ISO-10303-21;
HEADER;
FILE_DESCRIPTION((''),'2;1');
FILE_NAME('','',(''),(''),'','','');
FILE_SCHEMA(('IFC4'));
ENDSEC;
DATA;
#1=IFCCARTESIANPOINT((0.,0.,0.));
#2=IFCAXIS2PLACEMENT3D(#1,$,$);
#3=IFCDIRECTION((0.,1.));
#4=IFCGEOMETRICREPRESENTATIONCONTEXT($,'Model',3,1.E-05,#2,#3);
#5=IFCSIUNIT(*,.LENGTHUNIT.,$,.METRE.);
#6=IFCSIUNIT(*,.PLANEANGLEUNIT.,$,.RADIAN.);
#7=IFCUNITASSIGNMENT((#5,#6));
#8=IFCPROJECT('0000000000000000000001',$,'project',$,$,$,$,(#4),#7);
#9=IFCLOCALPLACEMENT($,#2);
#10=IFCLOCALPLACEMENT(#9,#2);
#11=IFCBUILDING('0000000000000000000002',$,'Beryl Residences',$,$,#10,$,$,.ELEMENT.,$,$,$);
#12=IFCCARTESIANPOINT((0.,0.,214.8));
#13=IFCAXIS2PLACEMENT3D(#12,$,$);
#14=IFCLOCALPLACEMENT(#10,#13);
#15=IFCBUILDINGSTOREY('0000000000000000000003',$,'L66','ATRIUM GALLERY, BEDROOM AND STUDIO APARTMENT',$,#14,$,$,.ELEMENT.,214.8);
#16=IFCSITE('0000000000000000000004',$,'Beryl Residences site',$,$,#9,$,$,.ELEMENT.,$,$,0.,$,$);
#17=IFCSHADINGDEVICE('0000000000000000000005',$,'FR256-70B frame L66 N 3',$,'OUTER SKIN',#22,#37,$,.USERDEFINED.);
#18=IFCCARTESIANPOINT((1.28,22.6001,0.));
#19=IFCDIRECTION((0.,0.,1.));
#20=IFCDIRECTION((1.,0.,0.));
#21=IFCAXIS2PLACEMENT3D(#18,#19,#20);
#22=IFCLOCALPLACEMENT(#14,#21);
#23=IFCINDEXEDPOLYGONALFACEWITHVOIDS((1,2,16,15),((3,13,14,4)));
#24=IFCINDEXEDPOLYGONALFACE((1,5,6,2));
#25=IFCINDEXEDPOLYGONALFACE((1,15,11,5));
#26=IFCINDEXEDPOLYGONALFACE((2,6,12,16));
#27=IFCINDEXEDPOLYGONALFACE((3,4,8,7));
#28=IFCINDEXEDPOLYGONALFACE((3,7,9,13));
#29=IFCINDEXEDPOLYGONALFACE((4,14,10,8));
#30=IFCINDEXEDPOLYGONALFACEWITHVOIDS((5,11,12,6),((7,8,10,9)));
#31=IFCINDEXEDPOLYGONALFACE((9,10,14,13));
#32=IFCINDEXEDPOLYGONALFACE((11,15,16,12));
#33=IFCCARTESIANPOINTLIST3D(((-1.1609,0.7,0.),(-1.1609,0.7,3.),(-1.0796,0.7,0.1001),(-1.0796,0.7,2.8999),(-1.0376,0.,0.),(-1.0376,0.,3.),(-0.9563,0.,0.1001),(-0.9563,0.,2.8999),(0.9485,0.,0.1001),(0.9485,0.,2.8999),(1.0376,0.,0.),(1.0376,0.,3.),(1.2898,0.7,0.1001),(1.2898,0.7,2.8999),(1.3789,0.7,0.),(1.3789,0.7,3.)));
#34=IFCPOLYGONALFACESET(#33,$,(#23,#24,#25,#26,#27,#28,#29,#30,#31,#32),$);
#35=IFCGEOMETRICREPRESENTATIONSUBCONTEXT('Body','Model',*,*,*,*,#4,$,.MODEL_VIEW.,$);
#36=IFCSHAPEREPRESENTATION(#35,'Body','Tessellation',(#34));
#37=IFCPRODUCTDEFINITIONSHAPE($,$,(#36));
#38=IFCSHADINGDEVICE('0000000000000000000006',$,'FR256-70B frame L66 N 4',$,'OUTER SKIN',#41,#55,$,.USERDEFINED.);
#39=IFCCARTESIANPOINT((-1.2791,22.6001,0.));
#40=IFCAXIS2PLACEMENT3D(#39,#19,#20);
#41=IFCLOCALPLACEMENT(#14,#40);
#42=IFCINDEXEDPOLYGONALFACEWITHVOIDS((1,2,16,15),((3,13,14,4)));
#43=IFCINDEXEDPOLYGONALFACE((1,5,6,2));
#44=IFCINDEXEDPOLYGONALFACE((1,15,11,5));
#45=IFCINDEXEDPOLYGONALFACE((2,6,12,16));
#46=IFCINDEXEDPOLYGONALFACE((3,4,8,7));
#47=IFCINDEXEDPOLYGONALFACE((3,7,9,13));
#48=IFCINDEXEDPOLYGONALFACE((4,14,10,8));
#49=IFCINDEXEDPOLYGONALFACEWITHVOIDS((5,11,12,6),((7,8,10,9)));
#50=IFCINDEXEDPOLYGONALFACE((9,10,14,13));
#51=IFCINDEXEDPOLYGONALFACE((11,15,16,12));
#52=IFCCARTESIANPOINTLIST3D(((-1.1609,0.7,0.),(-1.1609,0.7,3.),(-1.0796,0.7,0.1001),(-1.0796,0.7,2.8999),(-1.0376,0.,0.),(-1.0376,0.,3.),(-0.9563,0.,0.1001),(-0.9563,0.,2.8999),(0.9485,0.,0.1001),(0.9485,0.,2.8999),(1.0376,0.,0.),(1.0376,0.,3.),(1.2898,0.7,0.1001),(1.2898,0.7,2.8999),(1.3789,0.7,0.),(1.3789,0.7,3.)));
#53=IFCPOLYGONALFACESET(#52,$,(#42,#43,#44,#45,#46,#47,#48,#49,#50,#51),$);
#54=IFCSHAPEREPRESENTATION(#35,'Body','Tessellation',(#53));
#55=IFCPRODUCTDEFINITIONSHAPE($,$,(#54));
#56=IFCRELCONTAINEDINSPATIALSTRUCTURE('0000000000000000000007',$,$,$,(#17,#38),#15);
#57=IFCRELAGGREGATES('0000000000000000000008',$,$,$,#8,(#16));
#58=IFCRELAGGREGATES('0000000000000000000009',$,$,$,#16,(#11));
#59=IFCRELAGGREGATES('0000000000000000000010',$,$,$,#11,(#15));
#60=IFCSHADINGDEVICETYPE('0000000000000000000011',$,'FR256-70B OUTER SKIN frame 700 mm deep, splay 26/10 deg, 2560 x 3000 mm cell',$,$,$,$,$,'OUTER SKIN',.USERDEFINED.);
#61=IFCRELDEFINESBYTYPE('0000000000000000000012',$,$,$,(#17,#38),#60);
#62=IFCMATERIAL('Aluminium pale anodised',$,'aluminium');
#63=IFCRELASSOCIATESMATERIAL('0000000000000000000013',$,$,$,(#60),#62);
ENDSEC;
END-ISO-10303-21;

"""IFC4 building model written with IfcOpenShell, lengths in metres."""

from ifc_helpers import new_model, entity, si_unit, direction, frame, origin, place, context, subcontext, project, spatial, source, transform, mapped, material, type_object, type_shapes, element, save


model = new_model("IFC4")

# Units and contexts
model_context = context("Model", 3, precision=1e-05, world=origin(), true_north=direction((0.0, 1.0)))
body_context = subcontext(model_context, "Body", "Model", "MODEL_VIEW")
ifc_project = project(units=[si_unit("LENGTHUNIT", "METRE"), si_unit("PLANEANGLEUNIT", "RADIAN")], contexts=[model_context])

# Site, building, storey
site_placement = place(None, origin())
site = spatial("IfcSite", under=ifc_project, at=site_placement, Name="Beryl Residences site", CompositionType="ELEMENT", RefElevation=0.0)
building_placement = place(site_placement, origin())
building = spatial("IfcBuilding", under=site, at=building_placement, Name="Beryl Residences", CompositionType="ELEMENT")
storey_placement = place(building_placement, frame((0.0, 0.0, 214.8)))
storey = spatial("IfcBuildingStorey", under=building, at=storey_placement, Name="L66", Description="ATRIUM GALLERY, BEDROOM AND STUDIO APARTMENT", CompositionType="ELEMENT", Elevation=214.8)

# Shading devices
ifc_material_1 = material(Name="Aluminium pale anodised", Category="aluminium")
shading_device_type = type_object("IfcShadingDeviceType", Name="FR256-70B OUTER SKIN frame 700 mm deep, splay 26/10 deg, 2560 x 3000 mm cell", ElementType="OUTER SKIN", PredefinedType="USERDEFINED", material=ifc_material_1)
cartesian_point_1 = entity("IfcCartesianPoint", [-1.0376, 0.0])
cartesian_point_2 = entity("IfcCartesianPoint", [-0.9485, 0.1001])
cartesian_point_3 = entity("IfcCartesianPoint", [-1.3789, 0.0])
cartesian_point_4 = entity("IfcCartesianPoint", [-1.2898, 0.1001])
shared_shape = source(origin(), body_context, "Body", "SweptSolid", [
    entity("IfcExtrudedAreaSolidTapered", entity("IfcArbitraryProfileDefWithVoids", "AREA", None, entity("IfcPolyline", [cartesian_point_1, entity("IfcCartesianPoint", [1.0376, 0.0]), entity("IfcCartesianPoint", [1.0376, 3.0]), entity("IfcCartesianPoint", [-1.0376, 3.0]), cartesian_point_1]), [entity("IfcPolyline", [cartesian_point_2, entity("IfcCartesianPoint", [0.9563, 0.1001]), entity("IfcCartesianPoint", [0.9563, 2.8999]), entity("IfcCartesianPoint", [-0.9485, 2.8999]), cartesian_point_2])]), entity("IfcAxis2Placement3D", entity("IfcCartesianPoint", [0.0, 0.0, 0.0]), entity("IfcDirection", [0.0, 1.0, 0.0]), entity("IfcDirection", [-1.0, 0.0, 0.0])), entity("IfcDirection", [0.0, 0.0, 1.0]), 0.7, entity("IfcArbitraryProfileDefWithVoids", "AREA", None, entity("IfcPolyline", [cartesian_point_3, entity("IfcCartesianPoint", [1.1609, 0.0]), entity("IfcCartesianPoint", [1.1609, 3.0]), entity("IfcCartesianPoint", [-1.3789, 3.0]), cartesian_point_3]), [entity("IfcPolyline", [cartesian_point_4, entity("IfcCartesianPoint", [1.0796, 0.1001]), entity("IfcCartesianPoint", [1.0796, 2.8999]), entity("IfcCartesianPoint", [-1.2898, 2.8999]), cartesian_point_4])])),
])
type_shapes(shading_device_type, [shared_shape])
for number, where, z_axis, x_axis, name in (
    (1, (1.28, 22.6001, 0.0), (0.0, 0.0, 1.0), (1.0, 0.0, 0.0), "FR256-70B frame L66 N 3"),
    (2, (-1.2791, 22.6001, 0.0), (0.0, 0.0, 1.0), (1.0, 0.0, 0.0), "FR256-70B frame L66 N 4"),
):
    element("IfcShadingDevice", number, at=place(storey_placement, frame(where, z_axis=z_axis, x_axis=x_axis)), inside=storey, type_object=shading_device_type, Name=name, ObjectType="OUTER SKIN", PredefinedType="USERDEFINED", context=body_context, shape_type="MappedRepresentation", body=[
        mapped(shared_shape, transform((0.0, 0.0, 0.0))),
    ])

save(model, "model.ifc")
